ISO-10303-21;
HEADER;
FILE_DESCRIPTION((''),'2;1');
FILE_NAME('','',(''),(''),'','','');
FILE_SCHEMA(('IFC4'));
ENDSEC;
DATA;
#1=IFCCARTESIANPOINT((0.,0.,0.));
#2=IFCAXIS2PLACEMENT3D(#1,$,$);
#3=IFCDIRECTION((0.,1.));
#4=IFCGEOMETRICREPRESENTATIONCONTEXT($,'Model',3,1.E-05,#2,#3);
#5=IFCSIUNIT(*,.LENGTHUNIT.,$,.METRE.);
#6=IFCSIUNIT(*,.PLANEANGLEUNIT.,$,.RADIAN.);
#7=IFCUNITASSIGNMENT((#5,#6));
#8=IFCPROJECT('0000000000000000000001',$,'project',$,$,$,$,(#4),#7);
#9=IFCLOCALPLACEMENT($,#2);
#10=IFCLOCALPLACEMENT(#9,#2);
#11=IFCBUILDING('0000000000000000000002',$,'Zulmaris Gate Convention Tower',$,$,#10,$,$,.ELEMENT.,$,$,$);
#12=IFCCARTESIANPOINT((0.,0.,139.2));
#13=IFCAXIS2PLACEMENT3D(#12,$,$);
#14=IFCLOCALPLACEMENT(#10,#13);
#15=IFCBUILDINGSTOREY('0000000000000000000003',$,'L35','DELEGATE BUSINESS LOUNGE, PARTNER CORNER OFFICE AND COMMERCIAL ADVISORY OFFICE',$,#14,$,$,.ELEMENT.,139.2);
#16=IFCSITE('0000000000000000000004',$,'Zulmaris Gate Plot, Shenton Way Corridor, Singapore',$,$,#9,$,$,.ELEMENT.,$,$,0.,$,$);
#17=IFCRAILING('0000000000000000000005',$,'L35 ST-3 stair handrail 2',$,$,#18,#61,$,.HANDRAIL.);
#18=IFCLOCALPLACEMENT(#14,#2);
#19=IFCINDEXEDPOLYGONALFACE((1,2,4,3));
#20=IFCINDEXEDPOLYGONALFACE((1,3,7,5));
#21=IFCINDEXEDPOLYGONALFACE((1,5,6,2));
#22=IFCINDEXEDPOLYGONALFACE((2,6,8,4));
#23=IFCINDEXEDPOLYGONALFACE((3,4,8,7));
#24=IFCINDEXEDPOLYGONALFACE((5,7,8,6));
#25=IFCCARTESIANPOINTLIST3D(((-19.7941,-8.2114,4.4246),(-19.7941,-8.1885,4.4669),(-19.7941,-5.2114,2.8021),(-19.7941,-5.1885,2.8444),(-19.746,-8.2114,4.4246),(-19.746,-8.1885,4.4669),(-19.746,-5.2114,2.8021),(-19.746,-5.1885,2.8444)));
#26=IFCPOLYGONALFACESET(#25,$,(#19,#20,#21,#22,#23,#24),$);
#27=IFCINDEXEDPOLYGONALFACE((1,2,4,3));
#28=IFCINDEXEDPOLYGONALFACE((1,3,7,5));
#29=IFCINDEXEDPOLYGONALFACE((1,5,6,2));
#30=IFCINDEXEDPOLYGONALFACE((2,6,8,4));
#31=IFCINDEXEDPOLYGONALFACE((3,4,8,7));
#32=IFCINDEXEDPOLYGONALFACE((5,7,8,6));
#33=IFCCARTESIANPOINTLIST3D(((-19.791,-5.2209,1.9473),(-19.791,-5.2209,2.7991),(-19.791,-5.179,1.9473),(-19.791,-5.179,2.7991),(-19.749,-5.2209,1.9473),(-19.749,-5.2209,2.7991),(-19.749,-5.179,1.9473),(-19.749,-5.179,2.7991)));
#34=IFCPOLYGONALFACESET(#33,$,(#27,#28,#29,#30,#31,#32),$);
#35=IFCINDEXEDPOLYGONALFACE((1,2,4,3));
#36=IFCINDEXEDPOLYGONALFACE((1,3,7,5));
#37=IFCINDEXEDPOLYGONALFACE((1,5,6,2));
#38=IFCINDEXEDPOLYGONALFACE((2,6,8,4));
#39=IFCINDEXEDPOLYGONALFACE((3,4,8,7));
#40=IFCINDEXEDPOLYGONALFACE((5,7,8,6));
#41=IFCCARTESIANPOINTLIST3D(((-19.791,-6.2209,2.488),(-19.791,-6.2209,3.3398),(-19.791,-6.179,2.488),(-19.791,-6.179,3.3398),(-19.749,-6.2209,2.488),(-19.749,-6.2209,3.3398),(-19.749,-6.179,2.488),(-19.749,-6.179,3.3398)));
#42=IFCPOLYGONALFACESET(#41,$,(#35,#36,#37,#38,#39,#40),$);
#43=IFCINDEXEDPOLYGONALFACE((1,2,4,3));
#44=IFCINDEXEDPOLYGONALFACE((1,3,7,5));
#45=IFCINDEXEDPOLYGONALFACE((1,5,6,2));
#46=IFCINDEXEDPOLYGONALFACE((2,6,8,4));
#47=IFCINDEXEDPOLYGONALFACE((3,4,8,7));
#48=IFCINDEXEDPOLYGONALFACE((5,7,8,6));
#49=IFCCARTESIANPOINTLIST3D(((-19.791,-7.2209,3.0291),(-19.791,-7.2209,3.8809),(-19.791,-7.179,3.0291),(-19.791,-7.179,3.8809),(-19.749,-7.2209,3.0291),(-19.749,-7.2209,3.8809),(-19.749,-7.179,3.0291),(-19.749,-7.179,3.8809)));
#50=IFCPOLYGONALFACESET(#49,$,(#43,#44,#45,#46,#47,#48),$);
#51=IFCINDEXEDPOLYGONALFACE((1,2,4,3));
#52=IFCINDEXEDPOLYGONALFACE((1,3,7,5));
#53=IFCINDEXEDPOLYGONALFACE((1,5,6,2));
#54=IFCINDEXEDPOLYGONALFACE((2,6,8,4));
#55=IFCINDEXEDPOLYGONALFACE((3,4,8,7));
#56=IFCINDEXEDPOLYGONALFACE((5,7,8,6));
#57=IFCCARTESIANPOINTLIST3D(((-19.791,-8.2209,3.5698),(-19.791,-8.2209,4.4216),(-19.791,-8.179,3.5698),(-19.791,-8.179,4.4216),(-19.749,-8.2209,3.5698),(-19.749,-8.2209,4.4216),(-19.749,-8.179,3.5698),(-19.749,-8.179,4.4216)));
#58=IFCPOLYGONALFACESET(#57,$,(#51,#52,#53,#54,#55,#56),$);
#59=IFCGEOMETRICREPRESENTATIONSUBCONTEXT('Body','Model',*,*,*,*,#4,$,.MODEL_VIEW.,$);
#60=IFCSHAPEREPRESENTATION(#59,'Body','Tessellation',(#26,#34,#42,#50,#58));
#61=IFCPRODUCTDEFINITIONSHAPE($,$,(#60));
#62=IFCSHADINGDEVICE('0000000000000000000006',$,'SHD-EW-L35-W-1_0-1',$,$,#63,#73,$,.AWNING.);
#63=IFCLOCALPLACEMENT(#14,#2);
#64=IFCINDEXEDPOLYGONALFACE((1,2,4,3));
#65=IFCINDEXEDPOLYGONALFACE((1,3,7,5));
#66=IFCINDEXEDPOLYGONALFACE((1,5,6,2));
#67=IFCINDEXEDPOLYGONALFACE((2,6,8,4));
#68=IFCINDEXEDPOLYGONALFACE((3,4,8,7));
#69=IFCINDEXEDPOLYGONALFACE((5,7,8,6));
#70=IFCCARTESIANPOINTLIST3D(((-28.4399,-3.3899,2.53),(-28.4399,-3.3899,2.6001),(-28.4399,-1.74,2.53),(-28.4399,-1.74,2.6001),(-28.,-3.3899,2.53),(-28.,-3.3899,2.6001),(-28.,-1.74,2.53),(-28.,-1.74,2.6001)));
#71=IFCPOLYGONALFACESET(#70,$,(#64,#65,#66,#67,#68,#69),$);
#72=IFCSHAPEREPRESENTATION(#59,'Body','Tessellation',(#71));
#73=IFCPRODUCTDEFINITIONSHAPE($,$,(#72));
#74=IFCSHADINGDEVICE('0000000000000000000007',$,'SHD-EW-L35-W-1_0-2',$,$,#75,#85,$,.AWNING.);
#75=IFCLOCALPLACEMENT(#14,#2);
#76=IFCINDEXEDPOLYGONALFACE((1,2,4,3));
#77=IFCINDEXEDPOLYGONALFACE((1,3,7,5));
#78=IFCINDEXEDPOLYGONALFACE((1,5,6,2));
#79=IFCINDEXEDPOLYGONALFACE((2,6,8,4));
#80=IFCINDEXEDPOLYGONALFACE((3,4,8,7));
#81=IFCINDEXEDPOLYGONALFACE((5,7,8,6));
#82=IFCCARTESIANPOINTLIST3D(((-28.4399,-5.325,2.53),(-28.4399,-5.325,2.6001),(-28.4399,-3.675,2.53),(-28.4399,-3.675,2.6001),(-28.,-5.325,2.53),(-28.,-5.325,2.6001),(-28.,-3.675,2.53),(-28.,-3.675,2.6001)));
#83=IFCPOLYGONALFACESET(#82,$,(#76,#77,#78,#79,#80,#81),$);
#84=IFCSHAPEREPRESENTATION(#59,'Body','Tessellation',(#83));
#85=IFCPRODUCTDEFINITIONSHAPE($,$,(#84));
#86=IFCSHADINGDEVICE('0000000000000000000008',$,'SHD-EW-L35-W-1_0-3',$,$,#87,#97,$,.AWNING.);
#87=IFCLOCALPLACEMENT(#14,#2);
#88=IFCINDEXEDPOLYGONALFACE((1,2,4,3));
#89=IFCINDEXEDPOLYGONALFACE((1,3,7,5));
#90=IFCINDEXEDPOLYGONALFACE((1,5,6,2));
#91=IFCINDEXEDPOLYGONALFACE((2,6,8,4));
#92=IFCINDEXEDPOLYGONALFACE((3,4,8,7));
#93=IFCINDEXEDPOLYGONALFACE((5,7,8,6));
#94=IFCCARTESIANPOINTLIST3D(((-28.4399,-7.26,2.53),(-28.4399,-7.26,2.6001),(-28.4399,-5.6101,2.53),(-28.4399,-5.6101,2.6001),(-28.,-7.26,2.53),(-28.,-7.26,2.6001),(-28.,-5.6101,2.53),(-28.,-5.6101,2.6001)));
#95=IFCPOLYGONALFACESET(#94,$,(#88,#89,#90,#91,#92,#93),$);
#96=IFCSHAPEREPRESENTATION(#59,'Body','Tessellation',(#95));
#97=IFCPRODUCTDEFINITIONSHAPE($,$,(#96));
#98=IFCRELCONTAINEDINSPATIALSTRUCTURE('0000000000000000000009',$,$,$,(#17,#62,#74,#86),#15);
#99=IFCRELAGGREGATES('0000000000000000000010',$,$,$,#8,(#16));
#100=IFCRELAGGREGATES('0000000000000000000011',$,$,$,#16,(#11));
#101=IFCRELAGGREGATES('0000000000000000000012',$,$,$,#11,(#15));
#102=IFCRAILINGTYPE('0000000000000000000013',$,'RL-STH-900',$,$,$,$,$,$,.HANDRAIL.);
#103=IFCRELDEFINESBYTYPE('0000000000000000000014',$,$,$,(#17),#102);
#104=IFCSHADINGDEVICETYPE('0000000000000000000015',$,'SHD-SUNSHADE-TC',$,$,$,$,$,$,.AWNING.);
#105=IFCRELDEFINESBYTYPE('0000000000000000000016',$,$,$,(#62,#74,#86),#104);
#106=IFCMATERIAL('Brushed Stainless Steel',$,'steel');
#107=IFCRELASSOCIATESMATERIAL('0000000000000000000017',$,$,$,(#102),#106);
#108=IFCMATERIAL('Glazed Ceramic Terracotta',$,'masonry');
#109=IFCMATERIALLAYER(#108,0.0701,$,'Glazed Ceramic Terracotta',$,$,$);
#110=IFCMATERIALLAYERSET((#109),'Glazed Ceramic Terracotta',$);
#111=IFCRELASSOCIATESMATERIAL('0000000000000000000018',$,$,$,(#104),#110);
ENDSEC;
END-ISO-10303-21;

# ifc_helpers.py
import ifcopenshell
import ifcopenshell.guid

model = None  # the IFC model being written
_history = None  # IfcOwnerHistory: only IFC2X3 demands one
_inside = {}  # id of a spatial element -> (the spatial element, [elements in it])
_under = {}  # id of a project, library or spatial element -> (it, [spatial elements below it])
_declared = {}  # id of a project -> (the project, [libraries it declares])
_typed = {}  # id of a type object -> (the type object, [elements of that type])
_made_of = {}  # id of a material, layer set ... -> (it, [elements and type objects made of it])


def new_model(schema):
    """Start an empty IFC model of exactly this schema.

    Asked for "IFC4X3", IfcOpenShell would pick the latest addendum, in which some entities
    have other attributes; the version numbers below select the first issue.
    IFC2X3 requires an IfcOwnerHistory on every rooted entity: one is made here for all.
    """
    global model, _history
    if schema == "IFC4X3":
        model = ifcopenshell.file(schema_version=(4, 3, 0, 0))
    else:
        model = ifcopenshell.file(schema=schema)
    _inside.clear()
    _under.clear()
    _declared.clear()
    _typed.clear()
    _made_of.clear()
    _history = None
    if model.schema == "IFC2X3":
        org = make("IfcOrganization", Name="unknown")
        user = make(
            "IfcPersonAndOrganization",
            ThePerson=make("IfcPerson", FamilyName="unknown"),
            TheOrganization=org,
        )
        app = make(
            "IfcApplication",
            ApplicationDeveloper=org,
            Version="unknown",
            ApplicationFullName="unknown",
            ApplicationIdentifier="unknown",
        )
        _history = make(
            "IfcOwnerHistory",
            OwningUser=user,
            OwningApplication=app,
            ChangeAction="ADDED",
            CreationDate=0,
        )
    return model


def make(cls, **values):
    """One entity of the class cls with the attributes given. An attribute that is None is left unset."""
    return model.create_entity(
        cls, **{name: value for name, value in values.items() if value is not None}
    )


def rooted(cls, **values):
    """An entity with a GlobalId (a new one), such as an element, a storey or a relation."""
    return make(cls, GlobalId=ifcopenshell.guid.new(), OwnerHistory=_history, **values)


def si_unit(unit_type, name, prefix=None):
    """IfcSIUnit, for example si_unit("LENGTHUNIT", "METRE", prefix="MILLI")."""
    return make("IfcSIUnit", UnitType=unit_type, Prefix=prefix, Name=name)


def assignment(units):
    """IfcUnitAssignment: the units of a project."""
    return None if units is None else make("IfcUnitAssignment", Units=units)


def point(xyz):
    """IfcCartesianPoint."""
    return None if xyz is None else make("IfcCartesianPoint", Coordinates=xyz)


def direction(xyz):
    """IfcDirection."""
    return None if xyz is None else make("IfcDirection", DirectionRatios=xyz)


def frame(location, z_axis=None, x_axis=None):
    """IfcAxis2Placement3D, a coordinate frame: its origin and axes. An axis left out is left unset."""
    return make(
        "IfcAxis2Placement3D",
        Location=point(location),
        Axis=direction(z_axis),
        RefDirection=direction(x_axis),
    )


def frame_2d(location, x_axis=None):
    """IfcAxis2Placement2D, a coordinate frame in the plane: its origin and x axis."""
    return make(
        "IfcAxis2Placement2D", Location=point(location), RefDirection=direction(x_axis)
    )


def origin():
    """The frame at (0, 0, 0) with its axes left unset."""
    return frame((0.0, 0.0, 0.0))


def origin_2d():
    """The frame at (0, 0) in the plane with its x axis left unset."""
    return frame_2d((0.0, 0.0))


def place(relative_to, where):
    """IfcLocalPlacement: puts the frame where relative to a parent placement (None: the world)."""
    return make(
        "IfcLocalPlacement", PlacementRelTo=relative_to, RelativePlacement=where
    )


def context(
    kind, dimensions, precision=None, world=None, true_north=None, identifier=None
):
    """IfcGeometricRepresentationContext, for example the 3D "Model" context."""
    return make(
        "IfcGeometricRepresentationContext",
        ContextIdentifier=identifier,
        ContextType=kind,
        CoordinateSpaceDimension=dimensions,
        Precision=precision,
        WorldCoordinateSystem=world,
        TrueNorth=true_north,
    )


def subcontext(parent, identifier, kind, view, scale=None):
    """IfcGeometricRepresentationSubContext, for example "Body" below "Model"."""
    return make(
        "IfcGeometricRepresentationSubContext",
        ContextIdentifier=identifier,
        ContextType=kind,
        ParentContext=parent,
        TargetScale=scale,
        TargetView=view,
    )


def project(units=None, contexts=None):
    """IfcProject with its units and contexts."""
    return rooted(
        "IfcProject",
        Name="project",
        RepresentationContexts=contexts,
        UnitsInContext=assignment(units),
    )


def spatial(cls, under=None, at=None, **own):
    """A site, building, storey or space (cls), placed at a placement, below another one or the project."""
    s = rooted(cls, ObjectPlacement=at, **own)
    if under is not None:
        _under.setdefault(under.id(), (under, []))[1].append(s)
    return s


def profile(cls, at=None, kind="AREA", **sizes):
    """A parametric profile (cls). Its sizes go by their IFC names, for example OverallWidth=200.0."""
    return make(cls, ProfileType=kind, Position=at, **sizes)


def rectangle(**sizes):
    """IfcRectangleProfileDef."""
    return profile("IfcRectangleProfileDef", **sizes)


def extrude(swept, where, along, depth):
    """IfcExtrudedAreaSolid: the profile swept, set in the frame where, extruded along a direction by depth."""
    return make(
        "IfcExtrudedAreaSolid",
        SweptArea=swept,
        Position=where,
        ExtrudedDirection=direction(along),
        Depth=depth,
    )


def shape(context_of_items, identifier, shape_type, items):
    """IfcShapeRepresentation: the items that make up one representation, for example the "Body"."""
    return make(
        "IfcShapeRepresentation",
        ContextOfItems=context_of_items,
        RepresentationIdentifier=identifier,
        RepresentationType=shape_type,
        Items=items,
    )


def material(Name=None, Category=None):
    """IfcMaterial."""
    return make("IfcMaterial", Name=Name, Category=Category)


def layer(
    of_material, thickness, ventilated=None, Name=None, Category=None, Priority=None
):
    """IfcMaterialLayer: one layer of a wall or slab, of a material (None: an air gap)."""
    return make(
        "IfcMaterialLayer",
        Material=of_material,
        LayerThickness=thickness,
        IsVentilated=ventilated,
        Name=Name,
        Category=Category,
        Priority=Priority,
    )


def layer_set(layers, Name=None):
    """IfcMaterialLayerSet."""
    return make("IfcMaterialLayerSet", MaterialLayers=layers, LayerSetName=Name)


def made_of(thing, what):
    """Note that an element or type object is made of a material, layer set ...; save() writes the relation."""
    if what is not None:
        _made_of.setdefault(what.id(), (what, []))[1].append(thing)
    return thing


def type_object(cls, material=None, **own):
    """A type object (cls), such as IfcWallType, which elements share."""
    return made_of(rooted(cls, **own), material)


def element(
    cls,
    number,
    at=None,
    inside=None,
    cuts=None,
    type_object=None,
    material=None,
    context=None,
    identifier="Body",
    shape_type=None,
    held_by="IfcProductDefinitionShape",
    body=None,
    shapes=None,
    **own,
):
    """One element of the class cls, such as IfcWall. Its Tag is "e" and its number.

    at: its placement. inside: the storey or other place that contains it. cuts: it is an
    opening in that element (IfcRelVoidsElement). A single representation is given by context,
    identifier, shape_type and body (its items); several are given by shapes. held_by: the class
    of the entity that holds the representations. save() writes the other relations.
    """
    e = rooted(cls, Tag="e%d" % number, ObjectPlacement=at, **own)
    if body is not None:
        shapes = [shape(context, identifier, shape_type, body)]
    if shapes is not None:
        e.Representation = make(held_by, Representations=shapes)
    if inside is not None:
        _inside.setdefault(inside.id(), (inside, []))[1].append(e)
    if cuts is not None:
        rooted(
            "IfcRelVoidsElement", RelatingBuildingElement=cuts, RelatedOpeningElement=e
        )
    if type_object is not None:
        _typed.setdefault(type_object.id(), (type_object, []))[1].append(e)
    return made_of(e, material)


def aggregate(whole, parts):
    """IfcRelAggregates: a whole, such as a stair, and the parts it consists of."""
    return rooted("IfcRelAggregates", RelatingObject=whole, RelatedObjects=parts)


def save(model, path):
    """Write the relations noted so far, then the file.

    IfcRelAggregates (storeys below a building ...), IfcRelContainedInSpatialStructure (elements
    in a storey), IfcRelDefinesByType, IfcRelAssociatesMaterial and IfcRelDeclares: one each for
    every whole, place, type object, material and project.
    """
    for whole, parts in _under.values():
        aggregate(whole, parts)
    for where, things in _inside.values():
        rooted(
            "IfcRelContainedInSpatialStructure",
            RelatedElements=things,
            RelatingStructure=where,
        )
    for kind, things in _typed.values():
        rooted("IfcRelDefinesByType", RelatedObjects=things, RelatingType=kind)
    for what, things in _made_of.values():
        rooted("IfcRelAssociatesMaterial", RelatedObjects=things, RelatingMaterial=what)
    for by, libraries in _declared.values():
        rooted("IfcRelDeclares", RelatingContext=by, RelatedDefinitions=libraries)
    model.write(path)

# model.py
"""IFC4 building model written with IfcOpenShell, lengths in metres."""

from ifc_helpers import new_model, si_unit, direction, frame, frame_2d, origin, origin_2d, place, context, subcontext, project, spatial, rectangle, extrude, material, layer, layer_set, type_object, element, save


model = new_model("IFC4")

# Units and contexts
model_context = context("Model", 3, precision=1e-05, world=origin(), true_north=direction((0.0, 1.0)))
body_context = subcontext(model_context, "Body", "Model", "MODEL_VIEW")
ifc_project = project(units=[si_unit("LENGTHUNIT", "METRE"), si_unit("PLANEANGLEUNIT", "RADIAN")], contexts=[model_context])

# Site, building, storey
site_placement = place(None, origin())
site = spatial("IfcSite", under=ifc_project, at=site_placement, Name="Zulmaris Gate Plot, Shenton Way Corridor, Singapore", CompositionType="ELEMENT", RefElevation=0.0)
building_placement = place(site_placement, origin())
building = spatial("IfcBuilding", under=site, at=building_placement, Name="Zulmaris Gate Convention Tower", CompositionType="ELEMENT")
storey_placement = place(building_placement, frame((0.0, 0.0, 139.2)))
storey = spatial("IfcBuildingStorey", under=building, at=storey_placement, Name="L35", Description="DELEGATE BUSINESS LOUNGE, PARTNER CORNER OFFICE AND COMMERCIAL ADVISORY OFFICE", CompositionType="ELEMENT", Elevation=139.2)

# Railing
ifc_material_1 = material(Name="Brushed Stainless Steel", Category="steel")
railing_type_1 = type_object("IfcRailingType", Name="RL-STH-900", PredefinedType="HANDRAIL", material=ifc_material_1)
railing_1_placement = place(storey_placement, frame((-19.77, -5.2, 1.9473)))
element("IfcRailing", 1, at=railing_1_placement, inside=storey, type_object=railing_type_1, Name="L35 ST-3 stair handrail 2", PredefinedType="HANDRAIL", context=body_context, shape_type="SweptSolid", body=[
    extrude(rectangle(XDim=0.0481, YDim=0.0481, at=origin_2d()), frame((0.0, 0.0, 0.876), z_axis=(0.0, -0.879592, 0.47573), x_axis=(1.0, 0.0, 0.0)), (0.0, 0.0, 1.0), 3.4106),
    extrude(rectangle(XDim=0.042, YDim=0.042, at=origin_2d()), origin(), (0.0, 0.0, 1.0), 0.8518),
    extrude(rectangle(XDim=0.042, YDim=0.042, at=origin_2d()), frame((0.0, -1.0, 0.5408)), (0.0, 0.0, 1.0), 0.8518),
    extrude(rectangle(XDim=0.042, YDim=0.042, at=origin_2d()), frame((0.0, -2.0, 1.0818)), (0.0, 0.0, 1.0), 0.8518),
    extrude(rectangle(XDim=0.042, YDim=0.042, at=origin_2d()), frame((0.0, -3.0, 1.6226)), (0.0, 0.0, 1.0), 0.8518),
])

# Shading devices
ifc_material_2 = material(Name="Glazed Ceramic Terracotta", Category="masonry")
ifc_layer_1 = layer(ifc_material_2, 0.0701, Name="Glazed Ceramic Terracotta")
ifc_layer_set_1 = layer_set([ifc_layer_1], Name="Glazed Ceramic Terracotta")
shading_device_type = type_object("IfcShadingDeviceType", Name="SHD-SUNSHADE-TC", PredefinedType="AWNING", material=ifc_layer_set_1)
for number, where, z_axis, x_axis, name in (
    (2, (-28.22, -1.74, 2.53), (0.0, 0.0, 1.0), (0.0, -1.0, 0.0), "SHD-EW-L35-W-1_0-1"),
    (3, (-28.22, -3.675, 2.53), (0.0, 0.0, 1.0), (0.0, -1.0, 0.0), "SHD-EW-L35-W-1_0-2"),
    (4, (-28.22, -5.6101, 2.53), (0.0, 0.0, 1.0), (0.0, -1.0, 0.0), "SHD-EW-L35-W-1_0-3"),
):
    element("IfcShadingDevice", number, at=place(storey_placement, frame(where, z_axis=z_axis, x_axis=x_axis)), inside=storey, type_object=shading_device_type, Name=name, PredefinedType="AWNING", context=body_context, shape_type="SweptSolid", body=[
        extrude(rectangle(XDim=1.6499, YDim=0.4399, at=frame_2d((0.825, 0.0))), origin(), (0.0, 0.0, 1.0), 0.0701),
    ])

save(model, "model.ifc")
